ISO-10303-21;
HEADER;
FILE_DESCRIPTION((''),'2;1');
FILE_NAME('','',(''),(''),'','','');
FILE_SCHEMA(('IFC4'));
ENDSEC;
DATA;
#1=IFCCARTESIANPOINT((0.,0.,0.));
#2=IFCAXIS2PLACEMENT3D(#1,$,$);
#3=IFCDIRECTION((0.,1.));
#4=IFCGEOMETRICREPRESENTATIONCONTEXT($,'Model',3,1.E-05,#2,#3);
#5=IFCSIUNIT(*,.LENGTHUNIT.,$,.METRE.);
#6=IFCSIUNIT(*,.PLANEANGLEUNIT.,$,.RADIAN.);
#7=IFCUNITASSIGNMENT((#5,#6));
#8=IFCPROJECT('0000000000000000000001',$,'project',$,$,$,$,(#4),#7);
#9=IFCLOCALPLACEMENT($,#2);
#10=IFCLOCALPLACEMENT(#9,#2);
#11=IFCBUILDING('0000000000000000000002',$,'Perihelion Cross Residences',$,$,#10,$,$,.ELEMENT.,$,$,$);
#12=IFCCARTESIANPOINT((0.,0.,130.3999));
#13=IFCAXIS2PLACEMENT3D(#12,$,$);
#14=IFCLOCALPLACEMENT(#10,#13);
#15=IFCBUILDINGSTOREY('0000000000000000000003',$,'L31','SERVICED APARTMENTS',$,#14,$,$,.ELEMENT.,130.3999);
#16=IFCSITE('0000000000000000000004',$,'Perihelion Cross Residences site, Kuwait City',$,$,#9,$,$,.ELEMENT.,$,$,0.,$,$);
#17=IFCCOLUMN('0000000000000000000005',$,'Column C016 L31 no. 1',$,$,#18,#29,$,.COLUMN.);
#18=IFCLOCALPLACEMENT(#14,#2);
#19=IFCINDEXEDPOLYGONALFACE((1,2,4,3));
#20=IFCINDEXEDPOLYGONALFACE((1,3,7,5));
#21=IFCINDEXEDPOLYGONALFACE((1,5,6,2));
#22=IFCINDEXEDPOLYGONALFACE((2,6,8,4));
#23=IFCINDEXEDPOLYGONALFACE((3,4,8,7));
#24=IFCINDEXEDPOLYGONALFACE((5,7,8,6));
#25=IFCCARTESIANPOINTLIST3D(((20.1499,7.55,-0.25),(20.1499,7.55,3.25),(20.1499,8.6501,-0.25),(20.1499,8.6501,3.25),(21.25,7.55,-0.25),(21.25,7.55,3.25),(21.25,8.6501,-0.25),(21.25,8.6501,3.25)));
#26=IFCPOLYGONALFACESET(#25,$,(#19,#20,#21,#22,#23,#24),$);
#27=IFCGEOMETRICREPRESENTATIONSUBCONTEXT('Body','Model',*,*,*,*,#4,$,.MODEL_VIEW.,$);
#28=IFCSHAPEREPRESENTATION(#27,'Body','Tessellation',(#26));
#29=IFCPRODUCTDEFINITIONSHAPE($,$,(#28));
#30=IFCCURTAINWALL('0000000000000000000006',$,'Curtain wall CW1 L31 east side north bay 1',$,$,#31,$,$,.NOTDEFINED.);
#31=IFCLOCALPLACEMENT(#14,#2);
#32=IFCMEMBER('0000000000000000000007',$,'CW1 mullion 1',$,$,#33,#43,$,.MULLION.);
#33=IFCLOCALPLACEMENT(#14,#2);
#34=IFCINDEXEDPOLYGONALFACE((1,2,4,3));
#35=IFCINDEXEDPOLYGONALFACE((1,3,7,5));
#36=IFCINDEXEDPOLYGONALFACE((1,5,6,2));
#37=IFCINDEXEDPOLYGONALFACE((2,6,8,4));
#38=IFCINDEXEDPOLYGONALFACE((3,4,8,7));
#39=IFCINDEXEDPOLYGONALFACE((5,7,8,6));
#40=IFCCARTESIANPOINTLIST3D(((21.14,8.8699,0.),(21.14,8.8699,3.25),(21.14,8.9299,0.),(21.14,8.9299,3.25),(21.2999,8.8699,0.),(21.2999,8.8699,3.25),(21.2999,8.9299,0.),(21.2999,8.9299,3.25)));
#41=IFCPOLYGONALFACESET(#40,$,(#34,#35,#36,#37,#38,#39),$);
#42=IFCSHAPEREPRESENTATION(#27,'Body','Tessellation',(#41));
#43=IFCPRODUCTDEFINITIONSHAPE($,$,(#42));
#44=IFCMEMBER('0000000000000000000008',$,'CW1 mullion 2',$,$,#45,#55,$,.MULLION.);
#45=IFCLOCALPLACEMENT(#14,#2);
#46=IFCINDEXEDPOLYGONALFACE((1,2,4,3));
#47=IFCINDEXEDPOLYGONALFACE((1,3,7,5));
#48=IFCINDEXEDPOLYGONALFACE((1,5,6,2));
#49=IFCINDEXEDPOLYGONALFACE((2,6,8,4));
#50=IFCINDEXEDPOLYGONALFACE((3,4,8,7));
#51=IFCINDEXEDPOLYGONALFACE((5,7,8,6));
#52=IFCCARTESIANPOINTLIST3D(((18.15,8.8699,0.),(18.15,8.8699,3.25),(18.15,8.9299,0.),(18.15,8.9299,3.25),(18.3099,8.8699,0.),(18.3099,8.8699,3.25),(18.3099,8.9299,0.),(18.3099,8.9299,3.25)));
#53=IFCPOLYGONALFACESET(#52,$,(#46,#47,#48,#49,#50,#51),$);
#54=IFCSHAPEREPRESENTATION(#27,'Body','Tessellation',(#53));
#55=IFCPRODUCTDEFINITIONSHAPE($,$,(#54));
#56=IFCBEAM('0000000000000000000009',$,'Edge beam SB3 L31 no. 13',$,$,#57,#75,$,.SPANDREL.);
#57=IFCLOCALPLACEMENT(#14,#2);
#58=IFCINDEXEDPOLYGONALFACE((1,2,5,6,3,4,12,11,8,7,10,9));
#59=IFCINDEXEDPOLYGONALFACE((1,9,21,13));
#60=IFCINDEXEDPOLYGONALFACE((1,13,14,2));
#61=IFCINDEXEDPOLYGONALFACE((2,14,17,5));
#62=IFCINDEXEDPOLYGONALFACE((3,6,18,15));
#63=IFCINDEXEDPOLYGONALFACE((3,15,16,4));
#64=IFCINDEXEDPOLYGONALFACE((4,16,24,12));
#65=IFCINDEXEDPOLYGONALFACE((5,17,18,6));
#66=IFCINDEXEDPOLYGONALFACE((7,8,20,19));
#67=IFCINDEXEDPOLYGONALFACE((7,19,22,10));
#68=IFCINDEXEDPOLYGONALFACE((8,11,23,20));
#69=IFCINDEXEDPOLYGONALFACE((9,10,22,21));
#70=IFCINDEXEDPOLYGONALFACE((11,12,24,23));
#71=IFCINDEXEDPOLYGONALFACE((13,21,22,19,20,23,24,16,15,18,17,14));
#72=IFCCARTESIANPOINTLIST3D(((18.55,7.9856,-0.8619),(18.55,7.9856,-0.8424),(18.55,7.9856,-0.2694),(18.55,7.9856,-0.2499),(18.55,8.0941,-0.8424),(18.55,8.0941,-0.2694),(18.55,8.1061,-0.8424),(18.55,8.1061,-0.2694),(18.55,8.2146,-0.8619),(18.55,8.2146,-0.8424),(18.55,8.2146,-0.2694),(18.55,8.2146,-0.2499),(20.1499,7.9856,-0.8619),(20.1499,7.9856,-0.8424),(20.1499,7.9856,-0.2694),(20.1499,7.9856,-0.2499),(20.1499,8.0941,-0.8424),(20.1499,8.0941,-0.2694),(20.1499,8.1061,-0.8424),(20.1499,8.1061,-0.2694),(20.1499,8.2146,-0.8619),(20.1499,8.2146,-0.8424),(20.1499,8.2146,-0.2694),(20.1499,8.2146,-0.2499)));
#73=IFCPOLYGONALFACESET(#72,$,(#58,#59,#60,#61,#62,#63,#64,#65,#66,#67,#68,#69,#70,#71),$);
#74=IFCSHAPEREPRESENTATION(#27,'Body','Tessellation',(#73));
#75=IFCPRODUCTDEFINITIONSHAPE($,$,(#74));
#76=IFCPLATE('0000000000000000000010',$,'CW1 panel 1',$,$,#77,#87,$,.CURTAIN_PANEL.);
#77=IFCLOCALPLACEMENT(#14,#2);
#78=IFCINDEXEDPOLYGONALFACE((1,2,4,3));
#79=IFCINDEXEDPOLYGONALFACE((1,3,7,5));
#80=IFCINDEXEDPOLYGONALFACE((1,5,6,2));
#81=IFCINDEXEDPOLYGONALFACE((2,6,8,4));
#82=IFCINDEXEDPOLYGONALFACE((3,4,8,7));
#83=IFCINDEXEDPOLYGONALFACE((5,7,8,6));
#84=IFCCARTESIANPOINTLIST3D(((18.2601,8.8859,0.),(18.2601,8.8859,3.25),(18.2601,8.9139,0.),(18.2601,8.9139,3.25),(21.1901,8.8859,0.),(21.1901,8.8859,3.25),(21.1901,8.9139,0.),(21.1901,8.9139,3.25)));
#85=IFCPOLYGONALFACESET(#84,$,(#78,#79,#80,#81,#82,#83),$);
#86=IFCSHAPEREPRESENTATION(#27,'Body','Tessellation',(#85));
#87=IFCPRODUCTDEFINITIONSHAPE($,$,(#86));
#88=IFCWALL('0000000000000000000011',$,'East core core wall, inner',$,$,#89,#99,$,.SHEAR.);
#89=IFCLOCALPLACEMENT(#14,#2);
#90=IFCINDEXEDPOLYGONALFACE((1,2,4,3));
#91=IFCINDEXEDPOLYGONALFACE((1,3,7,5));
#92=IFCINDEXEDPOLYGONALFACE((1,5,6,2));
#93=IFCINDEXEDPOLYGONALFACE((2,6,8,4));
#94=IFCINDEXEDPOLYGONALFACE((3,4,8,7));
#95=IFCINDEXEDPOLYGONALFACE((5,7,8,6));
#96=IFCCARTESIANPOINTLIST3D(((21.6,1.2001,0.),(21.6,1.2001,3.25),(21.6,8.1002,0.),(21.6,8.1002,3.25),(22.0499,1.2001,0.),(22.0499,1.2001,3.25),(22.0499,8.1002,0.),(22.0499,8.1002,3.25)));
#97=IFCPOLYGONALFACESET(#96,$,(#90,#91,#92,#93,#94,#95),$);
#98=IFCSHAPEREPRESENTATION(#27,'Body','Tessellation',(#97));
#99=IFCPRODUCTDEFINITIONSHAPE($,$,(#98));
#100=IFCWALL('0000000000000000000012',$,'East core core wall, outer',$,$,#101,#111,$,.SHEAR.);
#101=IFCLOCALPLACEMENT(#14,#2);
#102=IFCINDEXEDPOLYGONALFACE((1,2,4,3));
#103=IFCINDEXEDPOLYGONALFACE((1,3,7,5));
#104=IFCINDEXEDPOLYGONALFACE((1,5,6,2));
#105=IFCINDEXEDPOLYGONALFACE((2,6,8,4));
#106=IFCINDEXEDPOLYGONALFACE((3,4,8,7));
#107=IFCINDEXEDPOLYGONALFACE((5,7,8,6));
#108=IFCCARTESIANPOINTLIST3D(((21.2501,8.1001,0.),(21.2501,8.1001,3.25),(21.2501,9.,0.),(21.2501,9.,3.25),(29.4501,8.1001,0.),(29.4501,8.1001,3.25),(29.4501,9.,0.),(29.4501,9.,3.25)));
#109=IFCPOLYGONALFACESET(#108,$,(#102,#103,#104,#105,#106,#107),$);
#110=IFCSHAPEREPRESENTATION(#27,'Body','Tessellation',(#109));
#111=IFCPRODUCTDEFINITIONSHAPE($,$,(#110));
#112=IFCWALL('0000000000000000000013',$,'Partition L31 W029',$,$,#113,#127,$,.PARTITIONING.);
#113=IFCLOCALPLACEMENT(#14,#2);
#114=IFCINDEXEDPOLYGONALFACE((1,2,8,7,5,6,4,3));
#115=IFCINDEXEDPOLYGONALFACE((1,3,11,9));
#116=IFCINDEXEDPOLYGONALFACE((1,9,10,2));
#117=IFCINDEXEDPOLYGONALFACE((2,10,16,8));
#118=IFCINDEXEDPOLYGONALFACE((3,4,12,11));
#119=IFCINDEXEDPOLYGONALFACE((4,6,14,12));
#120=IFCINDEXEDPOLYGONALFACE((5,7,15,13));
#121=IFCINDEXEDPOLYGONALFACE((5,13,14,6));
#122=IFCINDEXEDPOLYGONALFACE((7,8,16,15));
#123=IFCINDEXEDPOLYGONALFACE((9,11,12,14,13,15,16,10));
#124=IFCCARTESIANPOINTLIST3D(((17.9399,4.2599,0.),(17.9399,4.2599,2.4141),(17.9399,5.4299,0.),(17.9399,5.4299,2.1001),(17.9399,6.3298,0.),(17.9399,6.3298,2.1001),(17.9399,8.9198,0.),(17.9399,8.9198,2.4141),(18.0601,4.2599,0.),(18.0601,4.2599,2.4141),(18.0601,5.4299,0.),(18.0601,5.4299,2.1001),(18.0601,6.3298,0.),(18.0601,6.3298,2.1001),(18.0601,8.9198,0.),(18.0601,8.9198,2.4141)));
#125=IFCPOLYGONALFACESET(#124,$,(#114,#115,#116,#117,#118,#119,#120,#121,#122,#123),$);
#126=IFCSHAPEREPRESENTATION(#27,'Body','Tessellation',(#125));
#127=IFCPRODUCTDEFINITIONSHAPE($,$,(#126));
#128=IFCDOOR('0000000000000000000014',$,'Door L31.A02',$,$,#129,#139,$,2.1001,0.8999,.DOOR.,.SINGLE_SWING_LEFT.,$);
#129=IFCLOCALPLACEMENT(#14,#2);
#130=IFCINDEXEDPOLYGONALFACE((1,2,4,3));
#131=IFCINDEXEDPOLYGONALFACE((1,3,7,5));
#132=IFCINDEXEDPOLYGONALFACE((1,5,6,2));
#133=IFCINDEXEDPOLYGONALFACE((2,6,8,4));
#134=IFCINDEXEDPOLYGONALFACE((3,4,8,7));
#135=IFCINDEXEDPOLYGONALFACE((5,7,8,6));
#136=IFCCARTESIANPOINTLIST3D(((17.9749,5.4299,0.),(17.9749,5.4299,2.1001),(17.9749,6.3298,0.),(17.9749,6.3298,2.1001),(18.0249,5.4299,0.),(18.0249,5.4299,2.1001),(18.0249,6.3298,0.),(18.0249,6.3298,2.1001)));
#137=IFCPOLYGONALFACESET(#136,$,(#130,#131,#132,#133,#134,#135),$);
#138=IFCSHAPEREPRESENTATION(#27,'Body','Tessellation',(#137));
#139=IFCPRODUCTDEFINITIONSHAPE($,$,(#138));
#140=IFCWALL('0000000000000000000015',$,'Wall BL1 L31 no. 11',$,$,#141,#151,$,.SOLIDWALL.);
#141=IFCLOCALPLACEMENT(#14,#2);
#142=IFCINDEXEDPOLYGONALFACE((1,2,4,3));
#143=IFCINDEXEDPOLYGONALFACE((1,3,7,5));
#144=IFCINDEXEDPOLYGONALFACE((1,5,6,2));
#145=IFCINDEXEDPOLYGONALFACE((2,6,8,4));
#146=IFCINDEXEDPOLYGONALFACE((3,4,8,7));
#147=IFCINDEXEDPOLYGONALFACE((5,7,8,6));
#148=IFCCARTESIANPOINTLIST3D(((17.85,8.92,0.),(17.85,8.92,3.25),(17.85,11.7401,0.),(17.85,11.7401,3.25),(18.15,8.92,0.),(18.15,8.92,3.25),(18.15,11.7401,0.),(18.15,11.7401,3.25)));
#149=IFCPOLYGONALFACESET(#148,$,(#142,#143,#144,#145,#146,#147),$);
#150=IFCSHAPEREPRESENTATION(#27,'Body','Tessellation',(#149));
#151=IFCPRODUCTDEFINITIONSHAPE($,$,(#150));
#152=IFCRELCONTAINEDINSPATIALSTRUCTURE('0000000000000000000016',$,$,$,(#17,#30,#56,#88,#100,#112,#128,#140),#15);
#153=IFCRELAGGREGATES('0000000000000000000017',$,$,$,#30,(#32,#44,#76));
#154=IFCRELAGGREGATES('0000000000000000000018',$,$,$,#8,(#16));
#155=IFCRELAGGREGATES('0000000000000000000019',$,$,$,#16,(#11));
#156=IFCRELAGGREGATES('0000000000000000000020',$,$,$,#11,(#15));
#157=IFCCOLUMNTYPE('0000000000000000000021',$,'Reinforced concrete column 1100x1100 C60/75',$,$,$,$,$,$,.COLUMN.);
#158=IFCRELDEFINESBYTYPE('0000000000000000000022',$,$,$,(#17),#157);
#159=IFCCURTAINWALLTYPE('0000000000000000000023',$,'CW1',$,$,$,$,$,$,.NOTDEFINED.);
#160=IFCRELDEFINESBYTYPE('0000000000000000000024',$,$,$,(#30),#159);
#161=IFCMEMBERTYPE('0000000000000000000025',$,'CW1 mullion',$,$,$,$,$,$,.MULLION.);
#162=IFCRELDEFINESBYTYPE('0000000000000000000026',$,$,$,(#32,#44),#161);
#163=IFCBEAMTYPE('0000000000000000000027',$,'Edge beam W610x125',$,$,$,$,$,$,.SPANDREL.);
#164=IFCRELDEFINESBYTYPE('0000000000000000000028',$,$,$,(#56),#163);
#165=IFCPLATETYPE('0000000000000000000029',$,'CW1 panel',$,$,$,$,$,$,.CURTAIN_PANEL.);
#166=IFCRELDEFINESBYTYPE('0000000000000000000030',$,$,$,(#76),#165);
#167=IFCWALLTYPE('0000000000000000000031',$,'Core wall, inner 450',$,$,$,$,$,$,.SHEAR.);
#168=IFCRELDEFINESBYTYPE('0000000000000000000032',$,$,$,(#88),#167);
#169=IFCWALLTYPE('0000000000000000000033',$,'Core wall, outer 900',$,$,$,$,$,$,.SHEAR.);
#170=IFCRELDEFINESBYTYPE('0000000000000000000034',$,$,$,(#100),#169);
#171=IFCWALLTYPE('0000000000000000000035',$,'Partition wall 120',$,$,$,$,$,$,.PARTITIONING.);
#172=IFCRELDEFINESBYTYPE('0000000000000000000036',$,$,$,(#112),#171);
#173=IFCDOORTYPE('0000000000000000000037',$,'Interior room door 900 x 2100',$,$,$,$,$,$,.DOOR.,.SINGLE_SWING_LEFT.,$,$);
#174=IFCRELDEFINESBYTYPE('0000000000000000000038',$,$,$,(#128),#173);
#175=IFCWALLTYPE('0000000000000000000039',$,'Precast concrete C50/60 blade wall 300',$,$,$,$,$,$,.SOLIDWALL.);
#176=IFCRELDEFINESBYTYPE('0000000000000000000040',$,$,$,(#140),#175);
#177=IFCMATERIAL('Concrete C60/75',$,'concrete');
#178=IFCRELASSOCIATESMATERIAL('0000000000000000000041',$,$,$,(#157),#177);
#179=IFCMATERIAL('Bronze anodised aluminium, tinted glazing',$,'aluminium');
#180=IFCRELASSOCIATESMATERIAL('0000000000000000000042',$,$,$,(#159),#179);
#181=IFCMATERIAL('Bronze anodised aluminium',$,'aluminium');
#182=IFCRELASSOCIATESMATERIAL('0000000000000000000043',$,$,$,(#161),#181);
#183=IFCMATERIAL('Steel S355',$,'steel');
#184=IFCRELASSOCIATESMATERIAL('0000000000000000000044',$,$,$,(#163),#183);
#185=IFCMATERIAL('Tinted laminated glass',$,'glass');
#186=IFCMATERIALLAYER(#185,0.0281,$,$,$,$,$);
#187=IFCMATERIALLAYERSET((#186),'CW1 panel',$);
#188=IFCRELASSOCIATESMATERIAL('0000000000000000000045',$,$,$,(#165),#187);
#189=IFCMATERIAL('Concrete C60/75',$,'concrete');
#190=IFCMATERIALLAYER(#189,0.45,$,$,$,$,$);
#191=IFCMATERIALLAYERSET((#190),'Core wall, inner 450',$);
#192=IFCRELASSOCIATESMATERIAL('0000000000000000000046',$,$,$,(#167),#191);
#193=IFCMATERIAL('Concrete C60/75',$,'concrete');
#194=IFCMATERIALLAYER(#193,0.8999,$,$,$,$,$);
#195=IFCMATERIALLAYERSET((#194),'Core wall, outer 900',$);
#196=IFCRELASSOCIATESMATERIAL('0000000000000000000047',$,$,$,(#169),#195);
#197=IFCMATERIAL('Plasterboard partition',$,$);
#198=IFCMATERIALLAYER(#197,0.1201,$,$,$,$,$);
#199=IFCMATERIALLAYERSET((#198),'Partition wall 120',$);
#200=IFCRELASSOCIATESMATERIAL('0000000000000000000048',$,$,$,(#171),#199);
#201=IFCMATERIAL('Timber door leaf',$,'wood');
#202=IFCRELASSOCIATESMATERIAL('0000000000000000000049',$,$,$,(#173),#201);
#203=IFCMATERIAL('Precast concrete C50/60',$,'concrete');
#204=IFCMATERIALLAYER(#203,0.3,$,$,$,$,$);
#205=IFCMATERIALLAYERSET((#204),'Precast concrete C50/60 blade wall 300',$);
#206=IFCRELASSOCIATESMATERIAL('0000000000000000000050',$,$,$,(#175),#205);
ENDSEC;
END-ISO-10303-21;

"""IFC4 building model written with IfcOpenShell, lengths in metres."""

from ifc_helpers import new_model, si_unit, direction, frame, frame_2d, origin, origin_2d, place, context, subcontext, project, spatial, rectangle, i_section, extrude, material, layer, layer_set, material_profile, profile_set, type_object, element, fill, aggregate, save


model = new_model("IFC4")

# Units and contexts
model_context = context("Model", 3, precision=1e-05, world=origin(), true_north=direction((0.0, 1.0)))
body_context = subcontext(model_context, "Body", "Model", "MODEL_VIEW")
ifc_project = project(units=[si_unit("LENGTHUNIT", "METRE"), si_unit("PLANEANGLEUNIT", "RADIAN")], contexts=[model_context])

# Site, building, storey
site_placement = place(None, origin())
site = spatial("IfcSite", under=ifc_project, at=site_placement, Name="Perihelion Cross Residences site, Kuwait City", CompositionType="ELEMENT", RefElevation=0.0)
building_placement = place(site_placement, origin())
building = spatial("IfcBuilding", under=site, at=building_placement, Name="Perihelion Cross Residences", CompositionType="ELEMENT")
storey_placement = place(building_placement, frame((0.0, 0.0, 130.3999)))
storey = spatial("IfcBuildingStorey", under=building, at=storey_placement, Name="L31", Description="SERVICED APARTMENTS", CompositionType="ELEMENT", Elevation=130.3999)

# Column
ifc_material_1 = material(Name="Concrete C60/75", Category="concrete")
ifc_material_profile_1 = material_profile(ifc_material_1, rectangle(XDim=1.1001, YDim=1.1001, at=origin_2d()), Name="RC 1100x1100")
ifc_profile_set_1 = profile_set([ifc_material_profile_1], Name="Concrete C60/75")
column_type = type_object("IfcColumnType", Name="Reinforced concrete column 1100x1100 C60/75", PredefinedType="COLUMN", material=ifc_profile_set_1)
column_placement = place(storey_placement, frame((20.7, 8.1001, -0.25), z_axis=(0.0, 0.0, 1.0), x_axis=(1.0, 0.0, 0.0)))
element("IfcColumn", 1, at=column_placement, inside=storey, type_object=column_type, Name="Column C016 L31 no. 1", PredefinedType="COLUMN", context=body_context, shape_type="SweptSolid", body=[
    extrude(rectangle(XDim=1.1001, YDim=1.1001, at=origin_2d()), origin(), (0.0, 0.0, 1.0), 3.5),
])

# Curtain wall, members
ifc_material_2 = material(Name="Bronze anodised aluminium, tinted glazing", Category="aluminium")
curtain_wall_type = type_object("IfcCurtainWallType", Name="CW1", PredefinedType="NOTDEFINED", material=ifc_material_2)
curtain_wall_placement = place(storey_placement, origin())
curtain_wall = element("IfcCurtainWall", 2, at=curtain_wall_placement, inside=storey, type_object=curtain_wall_type, Name="Curtain wall CW1 L31 east side north bay 1", PredefinedType="NOTDEFINED")
ifc_material_3 = material(Name="Bronze anodised aluminium", Category="aluminium")
ifc_material_profile_2 = material_profile(ifc_material_3, rectangle(XDim=0.0601, YDim=0.1599, at=origin_2d()), Name="CW1 mullion")
ifc_profile_set_2 = profile_set([ifc_material_profile_2], Name="Bronze anodised aluminium")
member_type = type_object("IfcMemberType", Name="CW1 mullion", PredefinedType="MULLION", material=ifc_profile_set_2)
member_1_placement = place(storey_placement, frame((21.22, 8.8999, 0.0), z_axis=(0.0, 0.0, 1.0), x_axis=(0.0, -1.0, 0.0)))
member_1 = element("IfcMember", 3, at=member_1_placement, type_object=member_type, Name="CW1 mullion 1", PredefinedType="MULLION", context=body_context, shape_type="SweptSolid", body=[
    extrude(rectangle(XDim=0.0601, YDim=0.1599, at=origin_2d()), origin(), (0.0, 0.0, 1.0), 3.25),
])
member_2_placement = place(storey_placement, frame((18.23, 8.8999, 0.0), z_axis=(0.0, 0.0, 1.0), x_axis=(0.0, -1.0, 0.0)))
member_2 = element("IfcMember", 4, at=member_2_placement, type_object=member_type, Name="CW1 mullion 2", PredefinedType="MULLION", context=body_context, shape_type="SweptSolid", body=[
    extrude(rectangle(XDim=0.0601, YDim=0.1599, at=origin_2d()), origin(), (0.0, 0.0, 1.0), 3.25),
])

# Beam
ifc_material_4 = material(Name="Steel S355", Category="steel")
ifc_material_profile_3 = material_profile(ifc_material_4, i_section(OverallWidth=0.229, OverallDepth=0.6121, WebThickness=0.012, FlangeThickness=0.0195, at=origin_2d()), Name="W610x125")
ifc_profile_set_3 = profile_set([ifc_material_profile_3], Name="Steel S355")
beam_type = type_object("IfcBeamType", Name="Edge beam W610x125", PredefinedType="SPANDREL", material=ifc_profile_set_3)
beam_placement = place(storey_placement, frame((20.1499, 8.1001, -0.5559), z_axis=(-1.0, 0.0, 0.0), x_axis=(0.0, -1.0, 0.0)))
element("IfcBeam", 5, at=beam_placement, inside=storey, type_object=beam_type, Name="Edge beam SB3 L31 no. 13", PredefinedType="SPANDREL", context=body_context, shape_type="SweptSolid", body=[
    extrude(i_section(OverallWidth=0.229, OverallDepth=0.6121, WebThickness=0.012, FlangeThickness=0.0195, at=origin_2d()), origin(), (0.0, 0.0, 1.0), 1.5999),
])

# Plate
ifc_material_5 = material(Name="Tinted laminated glass", Category="glass")
ifc_layer_1 = layer(ifc_material_5, 0.0281)
ifc_layer_set_1 = layer_set([ifc_layer_1], Name="CW1 panel")
plate_type = type_object("IfcPlateType", Name="CW1 panel", PredefinedType="CURTAIN_PANEL", material=ifc_layer_set_1)
plate_placement = place(storey_placement, frame((19.7251, 8.8999, 0.0), z_axis=(0.0, 0.0, 1.0), x_axis=(-1.0, 0.0, 0.0)))
plate = element("IfcPlate", 6, at=plate_placement, type_object=plate_type, Name="CW1 panel 1", PredefinedType="CURTAIN_PANEL", context=body_context, shape_type="SweptSolid", body=[
    extrude(rectangle(XDim=2.9299, YDim=0.0281, at=origin_2d()), origin(), (0.0, 0.0, 1.0), 3.25),
])
aggregate(curtain_wall, [member_1, member_2, plate])

# Walls
ifc_material_6 = material(Name="Concrete C60/75", Category="concrete")
ifc_layer_2 = layer(ifc_material_6, 0.45)
ifc_layer_set_2 = layer_set([ifc_layer_2], Name="Core wall, inner 450")
wall_type_1 = type_object("IfcWallType", Name="Core wall, inner 450", PredefinedType="SHEAR", material=ifc_layer_set_2)
wall_1_placement = place(storey_placement, frame((21.825, 1.2, 0.0), z_axis=(0.0, 0.0, 1.0), x_axis=(0.0, 1.0, 0.0)))
element("IfcWall", 7, at=wall_1_placement, inside=storey, type_object=wall_type_1, Name="East core core wall, inner", PredefinedType="SHEAR", context=body_context, shape_type="SweptSolid", body=[
    extrude(rectangle(XDim=6.9001, YDim=0.45, at=frame_2d((3.4502, 0.0))), origin(), (0.0, 0.0, 1.0), 3.25),
])
ifc_material_7 = material(Name="Concrete C60/75", Category="concrete")
ifc_layer_3 = layer(ifc_material_7, 0.8999)
ifc_layer_set_3 = layer_set([ifc_layer_3], Name="Core wall, outer 900")
wall_type_2 = type_object("IfcWallType", Name="Core wall, outer 900", PredefinedType="SHEAR", material=ifc_layer_set_3)
wall_2_placement = place(storey_placement, frame((21.25, 8.55, 0.0), z_axis=(0.0, 0.0, 1.0), x_axis=(1.0, 0.0, 0.0)))
element("IfcWall", 8, at=wall_2_placement, inside=storey, type_object=wall_type_2, Name="East core core wall, outer", PredefinedType="SHEAR", context=body_context, shape_type="SweptSolid", body=[
    extrude(rectangle(XDim=8.2, YDim=0.8999, at=frame_2d((4.1001, 0.0))), origin(), (0.0, 0.0, 1.0), 3.25),
])

# Wall, opening, door
ifc_material_8 = material(Name="Plasterboard partition")
ifc_layer_4 = layer(ifc_material_8, 0.1201)
ifc_layer_set_4 = layer_set([ifc_layer_4], Name="Partition wall 120")
wall_type_3 = type_object("IfcWallType", Name="Partition wall 120", PredefinedType="PARTITIONING", material=ifc_layer_set_4)
wall_3_placement = place(storey_placement, frame((18.0, 8.9199, 0.0), z_axis=(0.0, 0.0, 1.0), x_axis=(0.0, -1.0, 0.0)))
wall_3 = element("IfcWall", 9, at=wall_3_placement, inside=storey, type_object=wall_type_3, Name="Partition L31 W029", PredefinedType="PARTITIONING", context=body_context, shape_type="SweptSolid", body=[
    extrude(rectangle(XDim=4.6599, YDim=0.1201, at=frame_2d((2.3301, 0.0))), origin(), (0.0, 0.0, 1.0), 2.4141),
])
opening_1_placement = place(wall_3_placement, frame((2.5901, 0.0, 0.0)))
opening_1 = element("IfcOpeningElement", 10, at=opening_1_placement, cuts=wall_3, PredefinedType="OPENING", context=body_context, shape_type="SweptSolid", body=[
    extrude(rectangle(XDim=0.8999, YDim=2.1001, at=frame_2d((0.45, 1.05))), frame((0.0, 0.0701, 0.0), z_axis=(0.0, -1.0, 0.0), x_axis=(1.0, 0.0, 0.0)), (0.0, 0.0, 1.0), 0.1401),
])
ifc_material_9 = material(Name="Timber door leaf", Category="wood")
door_type_1 = type_object("IfcDoorType", Name="Interior room door 900 x 2100", OperationType="SINGLE_SWING_LEFT", PredefinedType="DOOR", material=ifc_material_9)
door_1_placement = place(opening_1_placement, origin())
door_1 = element("IfcDoor", 11, at=door_1_placement, inside=storey, type_object=door_type_1, Name="Door L31.A02", OperationType="SINGLE_SWING_LEFT", OverallHeight=2.1001, OverallWidth=0.8999, PredefinedType="DOOR", context=body_context, shape_type="SweptSolid", body=[
    extrude(rectangle(XDim=0.8999, YDim=2.1001, at=frame_2d((0.45, 1.05))), frame((0.0, 0.0249, 0.0), z_axis=(0.0, -1.0, 0.0), x_axis=(1.0, 0.0, 0.0)), (0.0, 0.0, 1.0), 0.05),
])
fill(opening_1, door_1)

# Wall
ifc_material_10 = material(Name="Precast concrete C50/60", Category="concrete")
ifc_layer_5 = layer(ifc_material_10, 0.3)
ifc_layer_set_5 = layer_set([ifc_layer_5], Name="Precast concrete C50/60 blade wall 300")
wall_type_4 = type_object("IfcWallType", Name="Precast concrete C50/60 blade wall 300", PredefinedType="SOLIDWALL", material=ifc_layer_set_5)
wall_4_placement = place(storey_placement, frame((18.0, 8.9199, 0.0), z_axis=(0.0, 0.0, 1.0), x_axis=(0.0, 1.0, 0.0)))
element("IfcWall", 12, at=wall_4_placement, inside=storey, type_object=wall_type_4, Name="Wall BL1 L31 no. 11", PredefinedType="SOLIDWALL", context=body_context, shape_type="SweptSolid", body=[
    extrude(rectangle(XDim=2.8201, YDim=0.3, at=frame_2d((1.4102, 0.0))), origin(), (0.0, 0.0, 1.0), 3.25),
])

save(model, "model.ifc")
